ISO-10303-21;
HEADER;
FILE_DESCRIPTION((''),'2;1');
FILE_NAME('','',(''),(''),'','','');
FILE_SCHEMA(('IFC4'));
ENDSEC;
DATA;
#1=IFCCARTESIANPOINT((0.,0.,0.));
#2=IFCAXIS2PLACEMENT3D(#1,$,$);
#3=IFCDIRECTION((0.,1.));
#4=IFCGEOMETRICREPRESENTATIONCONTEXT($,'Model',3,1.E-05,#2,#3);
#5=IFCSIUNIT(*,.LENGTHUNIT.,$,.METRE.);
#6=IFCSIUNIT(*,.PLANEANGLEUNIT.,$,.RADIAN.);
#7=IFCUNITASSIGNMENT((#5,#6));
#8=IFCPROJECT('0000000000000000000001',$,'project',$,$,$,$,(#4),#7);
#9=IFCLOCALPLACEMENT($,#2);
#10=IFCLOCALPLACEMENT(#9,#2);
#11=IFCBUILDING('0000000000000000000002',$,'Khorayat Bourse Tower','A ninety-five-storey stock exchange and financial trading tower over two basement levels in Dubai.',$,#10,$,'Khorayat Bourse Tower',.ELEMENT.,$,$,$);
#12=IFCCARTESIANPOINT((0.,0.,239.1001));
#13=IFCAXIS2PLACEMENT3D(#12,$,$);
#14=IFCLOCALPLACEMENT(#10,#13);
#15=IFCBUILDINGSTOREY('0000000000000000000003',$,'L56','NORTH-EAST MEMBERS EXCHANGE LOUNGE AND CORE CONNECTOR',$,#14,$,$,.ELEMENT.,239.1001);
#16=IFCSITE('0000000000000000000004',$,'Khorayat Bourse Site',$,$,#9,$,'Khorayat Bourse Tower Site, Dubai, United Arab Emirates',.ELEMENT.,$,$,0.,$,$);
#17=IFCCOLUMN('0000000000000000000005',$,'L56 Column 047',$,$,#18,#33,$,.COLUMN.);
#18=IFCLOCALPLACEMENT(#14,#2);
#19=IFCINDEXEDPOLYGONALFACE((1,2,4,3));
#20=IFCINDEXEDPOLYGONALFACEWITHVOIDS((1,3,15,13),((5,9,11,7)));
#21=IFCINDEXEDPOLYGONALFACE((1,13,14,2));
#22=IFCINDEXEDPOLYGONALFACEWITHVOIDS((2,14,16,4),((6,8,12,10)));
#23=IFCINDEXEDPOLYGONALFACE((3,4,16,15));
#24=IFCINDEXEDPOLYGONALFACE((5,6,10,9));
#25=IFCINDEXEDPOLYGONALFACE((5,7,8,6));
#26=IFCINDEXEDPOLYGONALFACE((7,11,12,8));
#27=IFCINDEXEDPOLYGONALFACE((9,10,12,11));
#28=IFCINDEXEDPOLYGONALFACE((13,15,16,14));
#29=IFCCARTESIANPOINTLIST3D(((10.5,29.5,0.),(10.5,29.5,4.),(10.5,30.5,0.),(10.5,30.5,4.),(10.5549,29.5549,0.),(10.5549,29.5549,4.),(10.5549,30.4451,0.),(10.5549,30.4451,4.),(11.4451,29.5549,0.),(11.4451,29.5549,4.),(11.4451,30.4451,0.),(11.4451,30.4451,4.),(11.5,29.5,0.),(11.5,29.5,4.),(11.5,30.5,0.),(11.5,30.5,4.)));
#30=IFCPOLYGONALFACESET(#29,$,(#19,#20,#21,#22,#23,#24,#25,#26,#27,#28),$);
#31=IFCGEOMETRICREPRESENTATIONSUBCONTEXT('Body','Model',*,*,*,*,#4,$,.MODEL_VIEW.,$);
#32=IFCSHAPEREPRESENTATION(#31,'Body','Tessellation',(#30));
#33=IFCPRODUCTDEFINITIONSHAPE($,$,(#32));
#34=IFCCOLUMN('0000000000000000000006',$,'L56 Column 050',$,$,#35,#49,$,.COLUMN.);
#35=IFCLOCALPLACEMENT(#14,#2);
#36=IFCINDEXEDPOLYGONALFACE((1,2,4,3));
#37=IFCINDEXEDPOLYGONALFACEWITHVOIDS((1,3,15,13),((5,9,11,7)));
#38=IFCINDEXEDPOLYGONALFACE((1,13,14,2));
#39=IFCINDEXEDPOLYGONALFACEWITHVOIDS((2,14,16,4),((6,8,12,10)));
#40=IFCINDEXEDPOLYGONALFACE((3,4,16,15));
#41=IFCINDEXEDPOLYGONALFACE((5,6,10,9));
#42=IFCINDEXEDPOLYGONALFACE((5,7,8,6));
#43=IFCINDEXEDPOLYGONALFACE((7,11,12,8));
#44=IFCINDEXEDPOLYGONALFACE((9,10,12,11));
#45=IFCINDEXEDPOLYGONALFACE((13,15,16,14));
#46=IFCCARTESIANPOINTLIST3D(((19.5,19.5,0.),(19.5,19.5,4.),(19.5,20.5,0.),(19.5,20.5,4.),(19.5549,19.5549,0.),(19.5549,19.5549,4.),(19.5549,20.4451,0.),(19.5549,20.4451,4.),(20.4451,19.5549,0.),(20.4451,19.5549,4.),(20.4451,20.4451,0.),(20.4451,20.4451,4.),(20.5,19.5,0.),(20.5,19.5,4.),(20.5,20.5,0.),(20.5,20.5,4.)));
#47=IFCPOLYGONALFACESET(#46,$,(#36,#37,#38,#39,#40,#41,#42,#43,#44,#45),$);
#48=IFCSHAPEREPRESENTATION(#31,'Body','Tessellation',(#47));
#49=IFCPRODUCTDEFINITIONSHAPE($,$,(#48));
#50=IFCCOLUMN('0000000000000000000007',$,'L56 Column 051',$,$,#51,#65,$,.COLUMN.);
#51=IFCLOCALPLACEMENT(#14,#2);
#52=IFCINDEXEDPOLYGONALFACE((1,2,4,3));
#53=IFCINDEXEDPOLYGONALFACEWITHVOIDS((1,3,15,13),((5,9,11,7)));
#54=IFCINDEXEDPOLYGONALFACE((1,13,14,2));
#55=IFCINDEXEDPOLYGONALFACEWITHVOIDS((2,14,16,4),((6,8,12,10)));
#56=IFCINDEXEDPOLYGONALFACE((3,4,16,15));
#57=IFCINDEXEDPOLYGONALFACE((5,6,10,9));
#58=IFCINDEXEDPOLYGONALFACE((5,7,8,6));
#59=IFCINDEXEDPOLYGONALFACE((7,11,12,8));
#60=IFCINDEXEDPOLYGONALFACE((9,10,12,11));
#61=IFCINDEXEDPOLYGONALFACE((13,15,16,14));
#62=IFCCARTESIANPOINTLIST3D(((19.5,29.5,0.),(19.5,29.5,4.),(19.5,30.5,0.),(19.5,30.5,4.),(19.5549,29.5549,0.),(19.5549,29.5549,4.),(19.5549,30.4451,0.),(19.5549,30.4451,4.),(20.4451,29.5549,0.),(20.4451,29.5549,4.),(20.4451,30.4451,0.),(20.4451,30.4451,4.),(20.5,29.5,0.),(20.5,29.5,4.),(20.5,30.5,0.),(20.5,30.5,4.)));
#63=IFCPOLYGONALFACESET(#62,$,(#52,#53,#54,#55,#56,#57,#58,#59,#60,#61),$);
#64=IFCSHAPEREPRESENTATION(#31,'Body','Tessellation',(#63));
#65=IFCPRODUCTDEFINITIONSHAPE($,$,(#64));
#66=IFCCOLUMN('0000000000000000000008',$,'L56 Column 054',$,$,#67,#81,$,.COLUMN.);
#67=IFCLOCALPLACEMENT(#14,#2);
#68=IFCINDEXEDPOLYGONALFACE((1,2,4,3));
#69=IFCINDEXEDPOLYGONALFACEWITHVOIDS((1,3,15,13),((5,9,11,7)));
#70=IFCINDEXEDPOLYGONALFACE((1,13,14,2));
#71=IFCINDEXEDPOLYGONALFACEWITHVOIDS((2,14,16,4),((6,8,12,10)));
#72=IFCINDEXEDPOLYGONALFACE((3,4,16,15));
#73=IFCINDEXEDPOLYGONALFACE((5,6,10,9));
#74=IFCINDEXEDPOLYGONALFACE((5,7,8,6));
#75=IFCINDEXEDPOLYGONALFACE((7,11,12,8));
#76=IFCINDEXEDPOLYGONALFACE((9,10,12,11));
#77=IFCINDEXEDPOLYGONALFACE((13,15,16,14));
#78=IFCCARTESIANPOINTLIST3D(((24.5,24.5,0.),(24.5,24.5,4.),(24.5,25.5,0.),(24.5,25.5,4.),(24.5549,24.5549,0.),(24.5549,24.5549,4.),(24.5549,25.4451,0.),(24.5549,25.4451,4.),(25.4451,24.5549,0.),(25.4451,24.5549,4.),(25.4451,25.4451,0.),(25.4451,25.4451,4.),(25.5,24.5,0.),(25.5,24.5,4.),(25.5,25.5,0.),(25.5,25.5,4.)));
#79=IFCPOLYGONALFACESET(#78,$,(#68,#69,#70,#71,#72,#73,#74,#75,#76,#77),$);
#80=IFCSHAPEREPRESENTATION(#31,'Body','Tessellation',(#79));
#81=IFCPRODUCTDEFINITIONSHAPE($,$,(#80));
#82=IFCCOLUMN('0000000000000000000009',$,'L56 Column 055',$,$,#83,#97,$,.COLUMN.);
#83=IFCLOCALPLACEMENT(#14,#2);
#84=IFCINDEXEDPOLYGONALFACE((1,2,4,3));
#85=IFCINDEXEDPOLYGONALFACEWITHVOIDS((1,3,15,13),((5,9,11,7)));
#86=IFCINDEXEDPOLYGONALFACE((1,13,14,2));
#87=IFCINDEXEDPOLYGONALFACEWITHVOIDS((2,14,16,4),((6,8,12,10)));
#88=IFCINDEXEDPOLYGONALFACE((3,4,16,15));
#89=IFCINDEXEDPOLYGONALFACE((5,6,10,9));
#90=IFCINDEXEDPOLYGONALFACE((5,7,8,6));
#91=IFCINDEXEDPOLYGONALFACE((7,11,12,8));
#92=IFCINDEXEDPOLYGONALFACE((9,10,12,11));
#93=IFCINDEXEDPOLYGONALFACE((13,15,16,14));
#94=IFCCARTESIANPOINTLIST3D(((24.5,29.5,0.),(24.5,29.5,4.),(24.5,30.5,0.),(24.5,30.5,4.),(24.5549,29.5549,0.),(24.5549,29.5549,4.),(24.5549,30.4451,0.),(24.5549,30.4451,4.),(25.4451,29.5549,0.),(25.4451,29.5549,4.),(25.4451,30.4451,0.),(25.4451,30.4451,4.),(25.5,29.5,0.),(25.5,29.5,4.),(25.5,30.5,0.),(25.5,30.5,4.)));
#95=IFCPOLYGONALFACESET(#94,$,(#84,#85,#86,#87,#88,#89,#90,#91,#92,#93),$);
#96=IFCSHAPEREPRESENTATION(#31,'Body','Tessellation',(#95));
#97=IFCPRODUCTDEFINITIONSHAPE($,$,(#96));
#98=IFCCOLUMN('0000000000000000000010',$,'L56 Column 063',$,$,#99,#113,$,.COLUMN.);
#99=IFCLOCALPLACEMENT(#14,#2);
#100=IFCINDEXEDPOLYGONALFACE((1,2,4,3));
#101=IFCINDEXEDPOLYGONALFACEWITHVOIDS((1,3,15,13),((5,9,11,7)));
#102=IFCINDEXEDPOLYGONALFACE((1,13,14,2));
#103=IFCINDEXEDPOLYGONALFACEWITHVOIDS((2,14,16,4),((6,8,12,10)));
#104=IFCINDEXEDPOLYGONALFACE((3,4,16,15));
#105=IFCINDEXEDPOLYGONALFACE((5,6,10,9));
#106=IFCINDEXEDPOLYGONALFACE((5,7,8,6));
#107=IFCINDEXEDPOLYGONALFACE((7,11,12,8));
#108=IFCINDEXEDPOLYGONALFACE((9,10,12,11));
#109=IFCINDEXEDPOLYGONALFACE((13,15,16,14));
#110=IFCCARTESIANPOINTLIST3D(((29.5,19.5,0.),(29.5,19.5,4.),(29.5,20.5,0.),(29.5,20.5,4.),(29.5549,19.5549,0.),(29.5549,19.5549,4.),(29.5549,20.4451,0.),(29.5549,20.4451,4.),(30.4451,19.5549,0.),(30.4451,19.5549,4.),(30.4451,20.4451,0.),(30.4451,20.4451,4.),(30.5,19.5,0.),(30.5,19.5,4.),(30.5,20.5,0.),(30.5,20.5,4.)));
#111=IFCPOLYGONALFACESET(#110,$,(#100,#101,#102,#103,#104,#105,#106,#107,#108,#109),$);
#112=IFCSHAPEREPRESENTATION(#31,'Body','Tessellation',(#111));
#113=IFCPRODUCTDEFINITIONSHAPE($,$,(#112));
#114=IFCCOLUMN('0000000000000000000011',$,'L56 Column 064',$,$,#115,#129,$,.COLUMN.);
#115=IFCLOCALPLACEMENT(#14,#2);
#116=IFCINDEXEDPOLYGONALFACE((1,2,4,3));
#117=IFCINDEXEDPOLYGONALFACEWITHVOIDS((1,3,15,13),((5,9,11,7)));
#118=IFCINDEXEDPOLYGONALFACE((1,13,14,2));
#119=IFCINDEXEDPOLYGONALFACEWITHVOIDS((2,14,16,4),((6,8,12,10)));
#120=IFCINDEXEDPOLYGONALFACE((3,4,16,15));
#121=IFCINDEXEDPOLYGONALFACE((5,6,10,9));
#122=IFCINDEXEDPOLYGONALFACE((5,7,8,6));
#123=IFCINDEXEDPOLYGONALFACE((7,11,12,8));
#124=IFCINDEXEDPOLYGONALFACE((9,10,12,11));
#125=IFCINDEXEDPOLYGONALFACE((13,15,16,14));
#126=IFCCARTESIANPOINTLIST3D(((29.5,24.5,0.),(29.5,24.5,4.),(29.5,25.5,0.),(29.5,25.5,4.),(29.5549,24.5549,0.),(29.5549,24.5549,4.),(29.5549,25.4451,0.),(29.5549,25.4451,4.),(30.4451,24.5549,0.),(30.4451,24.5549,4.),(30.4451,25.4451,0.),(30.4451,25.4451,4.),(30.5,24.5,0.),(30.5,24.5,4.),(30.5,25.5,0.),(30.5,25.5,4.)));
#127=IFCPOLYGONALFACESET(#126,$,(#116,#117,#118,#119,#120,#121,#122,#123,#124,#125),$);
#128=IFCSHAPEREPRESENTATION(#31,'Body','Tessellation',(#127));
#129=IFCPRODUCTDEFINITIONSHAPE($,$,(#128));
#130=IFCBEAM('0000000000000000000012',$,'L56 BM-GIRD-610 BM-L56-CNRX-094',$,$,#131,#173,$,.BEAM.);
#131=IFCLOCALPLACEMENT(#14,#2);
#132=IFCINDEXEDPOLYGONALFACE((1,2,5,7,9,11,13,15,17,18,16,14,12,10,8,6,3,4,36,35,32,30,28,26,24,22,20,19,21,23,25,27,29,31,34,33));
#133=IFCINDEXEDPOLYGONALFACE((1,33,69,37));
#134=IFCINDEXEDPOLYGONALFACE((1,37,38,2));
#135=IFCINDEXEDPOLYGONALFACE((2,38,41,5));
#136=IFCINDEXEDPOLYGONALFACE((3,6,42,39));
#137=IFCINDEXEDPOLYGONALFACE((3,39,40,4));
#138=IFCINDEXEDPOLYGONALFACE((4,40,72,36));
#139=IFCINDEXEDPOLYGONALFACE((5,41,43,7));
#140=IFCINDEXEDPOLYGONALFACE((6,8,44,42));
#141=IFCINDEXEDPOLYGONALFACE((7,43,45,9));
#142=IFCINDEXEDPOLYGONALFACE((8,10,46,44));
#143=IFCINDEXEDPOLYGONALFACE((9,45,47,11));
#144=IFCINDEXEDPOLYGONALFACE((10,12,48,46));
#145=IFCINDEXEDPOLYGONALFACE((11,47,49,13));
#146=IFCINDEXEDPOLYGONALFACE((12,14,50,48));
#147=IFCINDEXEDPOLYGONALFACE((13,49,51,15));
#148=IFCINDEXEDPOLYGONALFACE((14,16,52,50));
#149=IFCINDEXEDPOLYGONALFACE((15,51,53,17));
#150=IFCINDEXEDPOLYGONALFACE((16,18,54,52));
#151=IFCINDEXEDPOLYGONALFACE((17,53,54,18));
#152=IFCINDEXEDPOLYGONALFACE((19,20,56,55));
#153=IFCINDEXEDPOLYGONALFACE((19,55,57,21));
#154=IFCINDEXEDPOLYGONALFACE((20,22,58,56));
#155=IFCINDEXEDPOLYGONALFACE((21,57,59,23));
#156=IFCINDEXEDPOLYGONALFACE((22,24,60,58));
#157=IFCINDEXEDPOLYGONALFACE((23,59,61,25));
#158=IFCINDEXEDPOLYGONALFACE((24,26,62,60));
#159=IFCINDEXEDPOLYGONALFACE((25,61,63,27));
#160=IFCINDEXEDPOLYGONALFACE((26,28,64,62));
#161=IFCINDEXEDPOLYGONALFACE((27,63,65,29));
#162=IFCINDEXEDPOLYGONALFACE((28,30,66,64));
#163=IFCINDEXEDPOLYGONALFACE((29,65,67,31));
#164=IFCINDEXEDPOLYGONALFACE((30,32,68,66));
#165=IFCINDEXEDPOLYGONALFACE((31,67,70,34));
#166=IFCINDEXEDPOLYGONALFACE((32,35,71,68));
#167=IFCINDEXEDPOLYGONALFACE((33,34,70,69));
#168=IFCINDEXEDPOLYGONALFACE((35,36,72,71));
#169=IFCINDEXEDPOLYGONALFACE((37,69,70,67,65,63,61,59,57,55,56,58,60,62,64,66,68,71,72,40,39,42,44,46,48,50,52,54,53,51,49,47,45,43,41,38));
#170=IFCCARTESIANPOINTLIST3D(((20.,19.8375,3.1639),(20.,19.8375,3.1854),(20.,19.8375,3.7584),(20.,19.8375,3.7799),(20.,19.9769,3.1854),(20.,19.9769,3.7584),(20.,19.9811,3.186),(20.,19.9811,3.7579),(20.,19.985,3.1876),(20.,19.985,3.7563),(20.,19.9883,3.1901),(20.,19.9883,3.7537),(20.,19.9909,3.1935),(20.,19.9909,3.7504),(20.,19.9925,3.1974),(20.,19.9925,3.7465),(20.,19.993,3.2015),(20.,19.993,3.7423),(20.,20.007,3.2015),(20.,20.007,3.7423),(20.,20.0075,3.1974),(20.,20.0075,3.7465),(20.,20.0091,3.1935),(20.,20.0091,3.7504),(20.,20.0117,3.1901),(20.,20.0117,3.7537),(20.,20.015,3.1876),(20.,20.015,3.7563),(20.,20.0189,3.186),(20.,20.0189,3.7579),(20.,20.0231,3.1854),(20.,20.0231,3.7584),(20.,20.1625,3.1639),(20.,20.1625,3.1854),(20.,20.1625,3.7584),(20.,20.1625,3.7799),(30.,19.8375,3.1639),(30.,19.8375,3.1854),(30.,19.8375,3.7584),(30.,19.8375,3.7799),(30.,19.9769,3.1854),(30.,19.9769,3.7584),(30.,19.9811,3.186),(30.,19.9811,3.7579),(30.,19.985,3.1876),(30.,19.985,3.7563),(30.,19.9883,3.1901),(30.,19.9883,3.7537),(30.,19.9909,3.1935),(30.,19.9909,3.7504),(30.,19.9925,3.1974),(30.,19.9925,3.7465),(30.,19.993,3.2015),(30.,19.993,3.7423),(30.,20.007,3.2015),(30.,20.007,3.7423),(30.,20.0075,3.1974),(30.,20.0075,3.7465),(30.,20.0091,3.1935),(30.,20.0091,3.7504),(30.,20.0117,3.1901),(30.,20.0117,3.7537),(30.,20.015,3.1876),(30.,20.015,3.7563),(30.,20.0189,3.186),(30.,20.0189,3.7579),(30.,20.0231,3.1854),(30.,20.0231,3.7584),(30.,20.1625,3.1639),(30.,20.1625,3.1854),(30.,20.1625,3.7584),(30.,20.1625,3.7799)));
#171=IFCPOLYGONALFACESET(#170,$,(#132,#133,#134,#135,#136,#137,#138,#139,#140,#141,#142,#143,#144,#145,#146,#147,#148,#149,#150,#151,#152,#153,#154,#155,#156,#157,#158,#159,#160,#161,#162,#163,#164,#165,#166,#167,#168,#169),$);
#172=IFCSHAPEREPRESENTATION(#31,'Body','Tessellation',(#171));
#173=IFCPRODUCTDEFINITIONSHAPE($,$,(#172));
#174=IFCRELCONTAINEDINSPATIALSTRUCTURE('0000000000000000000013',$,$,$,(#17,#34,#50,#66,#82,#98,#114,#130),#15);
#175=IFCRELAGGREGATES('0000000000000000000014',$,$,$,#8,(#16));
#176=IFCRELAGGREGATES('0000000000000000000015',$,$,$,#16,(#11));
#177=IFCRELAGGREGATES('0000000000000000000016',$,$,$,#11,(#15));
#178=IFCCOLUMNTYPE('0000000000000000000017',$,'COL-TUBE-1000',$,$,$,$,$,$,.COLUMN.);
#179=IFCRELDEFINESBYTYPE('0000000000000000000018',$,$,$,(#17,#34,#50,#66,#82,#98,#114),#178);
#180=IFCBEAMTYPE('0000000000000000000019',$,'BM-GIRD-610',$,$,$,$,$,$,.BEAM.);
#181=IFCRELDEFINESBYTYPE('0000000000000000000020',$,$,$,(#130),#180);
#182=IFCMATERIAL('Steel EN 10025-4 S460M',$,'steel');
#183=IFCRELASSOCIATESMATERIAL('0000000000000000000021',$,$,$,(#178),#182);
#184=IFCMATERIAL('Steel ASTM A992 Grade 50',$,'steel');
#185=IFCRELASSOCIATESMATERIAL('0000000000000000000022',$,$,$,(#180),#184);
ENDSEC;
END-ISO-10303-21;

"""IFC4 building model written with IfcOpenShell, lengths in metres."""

from ifc_helpers import new_model, si_unit, direction, frame, origin, origin_2d, place, context, subcontext, project, spatial, hollow_rectangle, i_section, extrude, source, transform, mapped, material, material_profile, profile_set, type_object, element, save


model = new_model("IFC4")

# Units and contexts
model_context = context("Model", 3, precision=1e-05, world=origin(), true_north=direction((0.0, 1.0)))
body_context = subcontext(model_context, "Body", "Model", "MODEL_VIEW")
ifc_project = project(units=[si_unit("LENGTHUNIT", "METRE"), si_unit("PLANEANGLEUNIT", "RADIAN")], contexts=[model_context])

# Site, building, storey
site_placement = place(None, origin())
site = spatial("IfcSite", under=ifc_project, at=site_placement, Name="Khorayat Bourse Site", LongName="Khorayat Bourse Tower Site, Dubai, United Arab Emirates", CompositionType="ELEMENT", RefElevation=0.0)
building_placement = place(site_placement, origin())
building = spatial("IfcBuilding", under=site, at=building_placement, Name="Khorayat Bourse Tower", Description="A ninety-five-storey stock exchange and financial trading tower over two basement levels in Dubai.", LongName="Khorayat Bourse Tower", CompositionType="ELEMENT")
storey_placement = place(building_placement, frame((0.0, 0.0, 239.1001)))
storey = spatial("IfcBuildingStorey", under=building, at=storey_placement, Name="L56", Description="NORTH-EAST MEMBERS EXCHANGE LOUNGE AND CORE CONNECTOR", CompositionType="ELEMENT", Elevation=239.1001)

# Columns
ifc_material_1 = material(Name="Steel EN 10025-4 S460M", Category="steel")
ifc_material_profile_1 = material_profile(ifc_material_1, hollow_rectangle(XDim=1.0, YDim=1.0, WallThickness=0.0549, at=origin_2d()), Name="BOX 1000x1000x55")
ifc_profile_set_1 = profile_set([ifc_material_profile_1], Name="Steel EN 10025-4 S460M")
column_type = type_object("IfcColumnType", Name="COL-TUBE-1000", PredefinedType="COLUMN", material=ifc_profile_set_1)
shared_shape_1 = source(origin(), body_context, "Body", "SweptSolid", [
    extrude(hollow_rectangle(XDim=1.0, YDim=1.0, WallThickness=0.0549, at=origin_2d()), origin(), (0.0, 0.0, 1.0), 4.0),
])
for number, where, z_axis, x_axis, name in (
    (1, (11.0, 30.0, 0.0), (0.0, 0.0, 1.0), (1.0, 0.0, 0.0), "L56 Column 047"),
    (2, (20.0, 20.0, 0.0), (0.0, 0.0, 1.0), (1.0, 0.0, 0.0), "L56 Column 050"),
    (3, (20.0, 30.0, 0.0), (0.0, 0.0, 1.0), (1.0, 0.0, 0.0), "L56 Column 051"),
    (4, (25.0, 25.0, 0.0), (0.0, 0.0, 1.0), (1.0, 0.0, 0.0), "L56 Column 054"),
    (5, (25.0, 30.0, 0.0), (0.0, 0.0, 1.0), (1.0, 0.0, 0.0), "L56 Column 055"),
    (6, (30.0, 20.0, 0.0), (0.0, 0.0, 1.0), (1.0, 0.0, 0.0), "L56 Column 063"),
    (7, (30.0, 25.0, 0.0), (0.0, 0.0, 1.0), (1.0, 0.0, 0.0), "L56 Column 064"),
):
    element("IfcColumn", number, at=place(storey_placement, frame(where, z_axis=z_axis, x_axis=x_axis)), inside=storey, type_object=column_type, Name=name, PredefinedType="COLUMN", context=body_context, shape_type="MappedRepresentation", body=[
        mapped(shared_shape_1, transform((0.0, 0.0, 0.0), scale=1.0)),
    ])

# Beam
ifc_material_2 = material(Name="Steel ASTM A992 Grade 50", Category="steel")
ifc_material_profile_2 = material_profile(ifc_material_2, i_section(OverallWidth=0.325, OverallDepth=0.616, WebThickness=0.0139, FlangeThickness=0.0215, FilletRadius=0.0161, at=origin_2d()), Name="W610X174")
ifc_profile_set_2 = profile_set([ifc_material_profile_2], Name="Steel ASTM A992 Grade 50")
beam_type_1 = type_object("IfcBeamType", Name="BM-GIRD-610", PredefinedType="BEAM", material=ifc_profile_set_2)
shared_shape_2 = source(origin(), body_context, "Body", "SweptSolid", [
    extrude(i_section(OverallWidth=0.325, OverallDepth=0.616, WebThickness=0.0139, FlangeThickness=0.0215, FilletRadius=0.0161, at=origin_2d()), origin(), (0.0, 0.0, 1.0), 10.0),
])
beam_1_placement = place(storey_placement, frame((20.0, 20.0, 3.4719), z_axis=(1.0, 0.0, 0.0), x_axis=(0.0, 1.0, 0.0)))
element("IfcBeam", 8, at=beam_1_placement, inside=storey, type_object=beam_type_1, Name="L56 BM-GIRD-610 BM-L56-CNRX-094", PredefinedType="BEAM", context=body_context, shape_type="MappedRepresentation", body=[
    mapped(shared_shape_2, transform((0.0, 0.0, 0.0), scale=1.0)),
])

save(model, "model.ifc")
